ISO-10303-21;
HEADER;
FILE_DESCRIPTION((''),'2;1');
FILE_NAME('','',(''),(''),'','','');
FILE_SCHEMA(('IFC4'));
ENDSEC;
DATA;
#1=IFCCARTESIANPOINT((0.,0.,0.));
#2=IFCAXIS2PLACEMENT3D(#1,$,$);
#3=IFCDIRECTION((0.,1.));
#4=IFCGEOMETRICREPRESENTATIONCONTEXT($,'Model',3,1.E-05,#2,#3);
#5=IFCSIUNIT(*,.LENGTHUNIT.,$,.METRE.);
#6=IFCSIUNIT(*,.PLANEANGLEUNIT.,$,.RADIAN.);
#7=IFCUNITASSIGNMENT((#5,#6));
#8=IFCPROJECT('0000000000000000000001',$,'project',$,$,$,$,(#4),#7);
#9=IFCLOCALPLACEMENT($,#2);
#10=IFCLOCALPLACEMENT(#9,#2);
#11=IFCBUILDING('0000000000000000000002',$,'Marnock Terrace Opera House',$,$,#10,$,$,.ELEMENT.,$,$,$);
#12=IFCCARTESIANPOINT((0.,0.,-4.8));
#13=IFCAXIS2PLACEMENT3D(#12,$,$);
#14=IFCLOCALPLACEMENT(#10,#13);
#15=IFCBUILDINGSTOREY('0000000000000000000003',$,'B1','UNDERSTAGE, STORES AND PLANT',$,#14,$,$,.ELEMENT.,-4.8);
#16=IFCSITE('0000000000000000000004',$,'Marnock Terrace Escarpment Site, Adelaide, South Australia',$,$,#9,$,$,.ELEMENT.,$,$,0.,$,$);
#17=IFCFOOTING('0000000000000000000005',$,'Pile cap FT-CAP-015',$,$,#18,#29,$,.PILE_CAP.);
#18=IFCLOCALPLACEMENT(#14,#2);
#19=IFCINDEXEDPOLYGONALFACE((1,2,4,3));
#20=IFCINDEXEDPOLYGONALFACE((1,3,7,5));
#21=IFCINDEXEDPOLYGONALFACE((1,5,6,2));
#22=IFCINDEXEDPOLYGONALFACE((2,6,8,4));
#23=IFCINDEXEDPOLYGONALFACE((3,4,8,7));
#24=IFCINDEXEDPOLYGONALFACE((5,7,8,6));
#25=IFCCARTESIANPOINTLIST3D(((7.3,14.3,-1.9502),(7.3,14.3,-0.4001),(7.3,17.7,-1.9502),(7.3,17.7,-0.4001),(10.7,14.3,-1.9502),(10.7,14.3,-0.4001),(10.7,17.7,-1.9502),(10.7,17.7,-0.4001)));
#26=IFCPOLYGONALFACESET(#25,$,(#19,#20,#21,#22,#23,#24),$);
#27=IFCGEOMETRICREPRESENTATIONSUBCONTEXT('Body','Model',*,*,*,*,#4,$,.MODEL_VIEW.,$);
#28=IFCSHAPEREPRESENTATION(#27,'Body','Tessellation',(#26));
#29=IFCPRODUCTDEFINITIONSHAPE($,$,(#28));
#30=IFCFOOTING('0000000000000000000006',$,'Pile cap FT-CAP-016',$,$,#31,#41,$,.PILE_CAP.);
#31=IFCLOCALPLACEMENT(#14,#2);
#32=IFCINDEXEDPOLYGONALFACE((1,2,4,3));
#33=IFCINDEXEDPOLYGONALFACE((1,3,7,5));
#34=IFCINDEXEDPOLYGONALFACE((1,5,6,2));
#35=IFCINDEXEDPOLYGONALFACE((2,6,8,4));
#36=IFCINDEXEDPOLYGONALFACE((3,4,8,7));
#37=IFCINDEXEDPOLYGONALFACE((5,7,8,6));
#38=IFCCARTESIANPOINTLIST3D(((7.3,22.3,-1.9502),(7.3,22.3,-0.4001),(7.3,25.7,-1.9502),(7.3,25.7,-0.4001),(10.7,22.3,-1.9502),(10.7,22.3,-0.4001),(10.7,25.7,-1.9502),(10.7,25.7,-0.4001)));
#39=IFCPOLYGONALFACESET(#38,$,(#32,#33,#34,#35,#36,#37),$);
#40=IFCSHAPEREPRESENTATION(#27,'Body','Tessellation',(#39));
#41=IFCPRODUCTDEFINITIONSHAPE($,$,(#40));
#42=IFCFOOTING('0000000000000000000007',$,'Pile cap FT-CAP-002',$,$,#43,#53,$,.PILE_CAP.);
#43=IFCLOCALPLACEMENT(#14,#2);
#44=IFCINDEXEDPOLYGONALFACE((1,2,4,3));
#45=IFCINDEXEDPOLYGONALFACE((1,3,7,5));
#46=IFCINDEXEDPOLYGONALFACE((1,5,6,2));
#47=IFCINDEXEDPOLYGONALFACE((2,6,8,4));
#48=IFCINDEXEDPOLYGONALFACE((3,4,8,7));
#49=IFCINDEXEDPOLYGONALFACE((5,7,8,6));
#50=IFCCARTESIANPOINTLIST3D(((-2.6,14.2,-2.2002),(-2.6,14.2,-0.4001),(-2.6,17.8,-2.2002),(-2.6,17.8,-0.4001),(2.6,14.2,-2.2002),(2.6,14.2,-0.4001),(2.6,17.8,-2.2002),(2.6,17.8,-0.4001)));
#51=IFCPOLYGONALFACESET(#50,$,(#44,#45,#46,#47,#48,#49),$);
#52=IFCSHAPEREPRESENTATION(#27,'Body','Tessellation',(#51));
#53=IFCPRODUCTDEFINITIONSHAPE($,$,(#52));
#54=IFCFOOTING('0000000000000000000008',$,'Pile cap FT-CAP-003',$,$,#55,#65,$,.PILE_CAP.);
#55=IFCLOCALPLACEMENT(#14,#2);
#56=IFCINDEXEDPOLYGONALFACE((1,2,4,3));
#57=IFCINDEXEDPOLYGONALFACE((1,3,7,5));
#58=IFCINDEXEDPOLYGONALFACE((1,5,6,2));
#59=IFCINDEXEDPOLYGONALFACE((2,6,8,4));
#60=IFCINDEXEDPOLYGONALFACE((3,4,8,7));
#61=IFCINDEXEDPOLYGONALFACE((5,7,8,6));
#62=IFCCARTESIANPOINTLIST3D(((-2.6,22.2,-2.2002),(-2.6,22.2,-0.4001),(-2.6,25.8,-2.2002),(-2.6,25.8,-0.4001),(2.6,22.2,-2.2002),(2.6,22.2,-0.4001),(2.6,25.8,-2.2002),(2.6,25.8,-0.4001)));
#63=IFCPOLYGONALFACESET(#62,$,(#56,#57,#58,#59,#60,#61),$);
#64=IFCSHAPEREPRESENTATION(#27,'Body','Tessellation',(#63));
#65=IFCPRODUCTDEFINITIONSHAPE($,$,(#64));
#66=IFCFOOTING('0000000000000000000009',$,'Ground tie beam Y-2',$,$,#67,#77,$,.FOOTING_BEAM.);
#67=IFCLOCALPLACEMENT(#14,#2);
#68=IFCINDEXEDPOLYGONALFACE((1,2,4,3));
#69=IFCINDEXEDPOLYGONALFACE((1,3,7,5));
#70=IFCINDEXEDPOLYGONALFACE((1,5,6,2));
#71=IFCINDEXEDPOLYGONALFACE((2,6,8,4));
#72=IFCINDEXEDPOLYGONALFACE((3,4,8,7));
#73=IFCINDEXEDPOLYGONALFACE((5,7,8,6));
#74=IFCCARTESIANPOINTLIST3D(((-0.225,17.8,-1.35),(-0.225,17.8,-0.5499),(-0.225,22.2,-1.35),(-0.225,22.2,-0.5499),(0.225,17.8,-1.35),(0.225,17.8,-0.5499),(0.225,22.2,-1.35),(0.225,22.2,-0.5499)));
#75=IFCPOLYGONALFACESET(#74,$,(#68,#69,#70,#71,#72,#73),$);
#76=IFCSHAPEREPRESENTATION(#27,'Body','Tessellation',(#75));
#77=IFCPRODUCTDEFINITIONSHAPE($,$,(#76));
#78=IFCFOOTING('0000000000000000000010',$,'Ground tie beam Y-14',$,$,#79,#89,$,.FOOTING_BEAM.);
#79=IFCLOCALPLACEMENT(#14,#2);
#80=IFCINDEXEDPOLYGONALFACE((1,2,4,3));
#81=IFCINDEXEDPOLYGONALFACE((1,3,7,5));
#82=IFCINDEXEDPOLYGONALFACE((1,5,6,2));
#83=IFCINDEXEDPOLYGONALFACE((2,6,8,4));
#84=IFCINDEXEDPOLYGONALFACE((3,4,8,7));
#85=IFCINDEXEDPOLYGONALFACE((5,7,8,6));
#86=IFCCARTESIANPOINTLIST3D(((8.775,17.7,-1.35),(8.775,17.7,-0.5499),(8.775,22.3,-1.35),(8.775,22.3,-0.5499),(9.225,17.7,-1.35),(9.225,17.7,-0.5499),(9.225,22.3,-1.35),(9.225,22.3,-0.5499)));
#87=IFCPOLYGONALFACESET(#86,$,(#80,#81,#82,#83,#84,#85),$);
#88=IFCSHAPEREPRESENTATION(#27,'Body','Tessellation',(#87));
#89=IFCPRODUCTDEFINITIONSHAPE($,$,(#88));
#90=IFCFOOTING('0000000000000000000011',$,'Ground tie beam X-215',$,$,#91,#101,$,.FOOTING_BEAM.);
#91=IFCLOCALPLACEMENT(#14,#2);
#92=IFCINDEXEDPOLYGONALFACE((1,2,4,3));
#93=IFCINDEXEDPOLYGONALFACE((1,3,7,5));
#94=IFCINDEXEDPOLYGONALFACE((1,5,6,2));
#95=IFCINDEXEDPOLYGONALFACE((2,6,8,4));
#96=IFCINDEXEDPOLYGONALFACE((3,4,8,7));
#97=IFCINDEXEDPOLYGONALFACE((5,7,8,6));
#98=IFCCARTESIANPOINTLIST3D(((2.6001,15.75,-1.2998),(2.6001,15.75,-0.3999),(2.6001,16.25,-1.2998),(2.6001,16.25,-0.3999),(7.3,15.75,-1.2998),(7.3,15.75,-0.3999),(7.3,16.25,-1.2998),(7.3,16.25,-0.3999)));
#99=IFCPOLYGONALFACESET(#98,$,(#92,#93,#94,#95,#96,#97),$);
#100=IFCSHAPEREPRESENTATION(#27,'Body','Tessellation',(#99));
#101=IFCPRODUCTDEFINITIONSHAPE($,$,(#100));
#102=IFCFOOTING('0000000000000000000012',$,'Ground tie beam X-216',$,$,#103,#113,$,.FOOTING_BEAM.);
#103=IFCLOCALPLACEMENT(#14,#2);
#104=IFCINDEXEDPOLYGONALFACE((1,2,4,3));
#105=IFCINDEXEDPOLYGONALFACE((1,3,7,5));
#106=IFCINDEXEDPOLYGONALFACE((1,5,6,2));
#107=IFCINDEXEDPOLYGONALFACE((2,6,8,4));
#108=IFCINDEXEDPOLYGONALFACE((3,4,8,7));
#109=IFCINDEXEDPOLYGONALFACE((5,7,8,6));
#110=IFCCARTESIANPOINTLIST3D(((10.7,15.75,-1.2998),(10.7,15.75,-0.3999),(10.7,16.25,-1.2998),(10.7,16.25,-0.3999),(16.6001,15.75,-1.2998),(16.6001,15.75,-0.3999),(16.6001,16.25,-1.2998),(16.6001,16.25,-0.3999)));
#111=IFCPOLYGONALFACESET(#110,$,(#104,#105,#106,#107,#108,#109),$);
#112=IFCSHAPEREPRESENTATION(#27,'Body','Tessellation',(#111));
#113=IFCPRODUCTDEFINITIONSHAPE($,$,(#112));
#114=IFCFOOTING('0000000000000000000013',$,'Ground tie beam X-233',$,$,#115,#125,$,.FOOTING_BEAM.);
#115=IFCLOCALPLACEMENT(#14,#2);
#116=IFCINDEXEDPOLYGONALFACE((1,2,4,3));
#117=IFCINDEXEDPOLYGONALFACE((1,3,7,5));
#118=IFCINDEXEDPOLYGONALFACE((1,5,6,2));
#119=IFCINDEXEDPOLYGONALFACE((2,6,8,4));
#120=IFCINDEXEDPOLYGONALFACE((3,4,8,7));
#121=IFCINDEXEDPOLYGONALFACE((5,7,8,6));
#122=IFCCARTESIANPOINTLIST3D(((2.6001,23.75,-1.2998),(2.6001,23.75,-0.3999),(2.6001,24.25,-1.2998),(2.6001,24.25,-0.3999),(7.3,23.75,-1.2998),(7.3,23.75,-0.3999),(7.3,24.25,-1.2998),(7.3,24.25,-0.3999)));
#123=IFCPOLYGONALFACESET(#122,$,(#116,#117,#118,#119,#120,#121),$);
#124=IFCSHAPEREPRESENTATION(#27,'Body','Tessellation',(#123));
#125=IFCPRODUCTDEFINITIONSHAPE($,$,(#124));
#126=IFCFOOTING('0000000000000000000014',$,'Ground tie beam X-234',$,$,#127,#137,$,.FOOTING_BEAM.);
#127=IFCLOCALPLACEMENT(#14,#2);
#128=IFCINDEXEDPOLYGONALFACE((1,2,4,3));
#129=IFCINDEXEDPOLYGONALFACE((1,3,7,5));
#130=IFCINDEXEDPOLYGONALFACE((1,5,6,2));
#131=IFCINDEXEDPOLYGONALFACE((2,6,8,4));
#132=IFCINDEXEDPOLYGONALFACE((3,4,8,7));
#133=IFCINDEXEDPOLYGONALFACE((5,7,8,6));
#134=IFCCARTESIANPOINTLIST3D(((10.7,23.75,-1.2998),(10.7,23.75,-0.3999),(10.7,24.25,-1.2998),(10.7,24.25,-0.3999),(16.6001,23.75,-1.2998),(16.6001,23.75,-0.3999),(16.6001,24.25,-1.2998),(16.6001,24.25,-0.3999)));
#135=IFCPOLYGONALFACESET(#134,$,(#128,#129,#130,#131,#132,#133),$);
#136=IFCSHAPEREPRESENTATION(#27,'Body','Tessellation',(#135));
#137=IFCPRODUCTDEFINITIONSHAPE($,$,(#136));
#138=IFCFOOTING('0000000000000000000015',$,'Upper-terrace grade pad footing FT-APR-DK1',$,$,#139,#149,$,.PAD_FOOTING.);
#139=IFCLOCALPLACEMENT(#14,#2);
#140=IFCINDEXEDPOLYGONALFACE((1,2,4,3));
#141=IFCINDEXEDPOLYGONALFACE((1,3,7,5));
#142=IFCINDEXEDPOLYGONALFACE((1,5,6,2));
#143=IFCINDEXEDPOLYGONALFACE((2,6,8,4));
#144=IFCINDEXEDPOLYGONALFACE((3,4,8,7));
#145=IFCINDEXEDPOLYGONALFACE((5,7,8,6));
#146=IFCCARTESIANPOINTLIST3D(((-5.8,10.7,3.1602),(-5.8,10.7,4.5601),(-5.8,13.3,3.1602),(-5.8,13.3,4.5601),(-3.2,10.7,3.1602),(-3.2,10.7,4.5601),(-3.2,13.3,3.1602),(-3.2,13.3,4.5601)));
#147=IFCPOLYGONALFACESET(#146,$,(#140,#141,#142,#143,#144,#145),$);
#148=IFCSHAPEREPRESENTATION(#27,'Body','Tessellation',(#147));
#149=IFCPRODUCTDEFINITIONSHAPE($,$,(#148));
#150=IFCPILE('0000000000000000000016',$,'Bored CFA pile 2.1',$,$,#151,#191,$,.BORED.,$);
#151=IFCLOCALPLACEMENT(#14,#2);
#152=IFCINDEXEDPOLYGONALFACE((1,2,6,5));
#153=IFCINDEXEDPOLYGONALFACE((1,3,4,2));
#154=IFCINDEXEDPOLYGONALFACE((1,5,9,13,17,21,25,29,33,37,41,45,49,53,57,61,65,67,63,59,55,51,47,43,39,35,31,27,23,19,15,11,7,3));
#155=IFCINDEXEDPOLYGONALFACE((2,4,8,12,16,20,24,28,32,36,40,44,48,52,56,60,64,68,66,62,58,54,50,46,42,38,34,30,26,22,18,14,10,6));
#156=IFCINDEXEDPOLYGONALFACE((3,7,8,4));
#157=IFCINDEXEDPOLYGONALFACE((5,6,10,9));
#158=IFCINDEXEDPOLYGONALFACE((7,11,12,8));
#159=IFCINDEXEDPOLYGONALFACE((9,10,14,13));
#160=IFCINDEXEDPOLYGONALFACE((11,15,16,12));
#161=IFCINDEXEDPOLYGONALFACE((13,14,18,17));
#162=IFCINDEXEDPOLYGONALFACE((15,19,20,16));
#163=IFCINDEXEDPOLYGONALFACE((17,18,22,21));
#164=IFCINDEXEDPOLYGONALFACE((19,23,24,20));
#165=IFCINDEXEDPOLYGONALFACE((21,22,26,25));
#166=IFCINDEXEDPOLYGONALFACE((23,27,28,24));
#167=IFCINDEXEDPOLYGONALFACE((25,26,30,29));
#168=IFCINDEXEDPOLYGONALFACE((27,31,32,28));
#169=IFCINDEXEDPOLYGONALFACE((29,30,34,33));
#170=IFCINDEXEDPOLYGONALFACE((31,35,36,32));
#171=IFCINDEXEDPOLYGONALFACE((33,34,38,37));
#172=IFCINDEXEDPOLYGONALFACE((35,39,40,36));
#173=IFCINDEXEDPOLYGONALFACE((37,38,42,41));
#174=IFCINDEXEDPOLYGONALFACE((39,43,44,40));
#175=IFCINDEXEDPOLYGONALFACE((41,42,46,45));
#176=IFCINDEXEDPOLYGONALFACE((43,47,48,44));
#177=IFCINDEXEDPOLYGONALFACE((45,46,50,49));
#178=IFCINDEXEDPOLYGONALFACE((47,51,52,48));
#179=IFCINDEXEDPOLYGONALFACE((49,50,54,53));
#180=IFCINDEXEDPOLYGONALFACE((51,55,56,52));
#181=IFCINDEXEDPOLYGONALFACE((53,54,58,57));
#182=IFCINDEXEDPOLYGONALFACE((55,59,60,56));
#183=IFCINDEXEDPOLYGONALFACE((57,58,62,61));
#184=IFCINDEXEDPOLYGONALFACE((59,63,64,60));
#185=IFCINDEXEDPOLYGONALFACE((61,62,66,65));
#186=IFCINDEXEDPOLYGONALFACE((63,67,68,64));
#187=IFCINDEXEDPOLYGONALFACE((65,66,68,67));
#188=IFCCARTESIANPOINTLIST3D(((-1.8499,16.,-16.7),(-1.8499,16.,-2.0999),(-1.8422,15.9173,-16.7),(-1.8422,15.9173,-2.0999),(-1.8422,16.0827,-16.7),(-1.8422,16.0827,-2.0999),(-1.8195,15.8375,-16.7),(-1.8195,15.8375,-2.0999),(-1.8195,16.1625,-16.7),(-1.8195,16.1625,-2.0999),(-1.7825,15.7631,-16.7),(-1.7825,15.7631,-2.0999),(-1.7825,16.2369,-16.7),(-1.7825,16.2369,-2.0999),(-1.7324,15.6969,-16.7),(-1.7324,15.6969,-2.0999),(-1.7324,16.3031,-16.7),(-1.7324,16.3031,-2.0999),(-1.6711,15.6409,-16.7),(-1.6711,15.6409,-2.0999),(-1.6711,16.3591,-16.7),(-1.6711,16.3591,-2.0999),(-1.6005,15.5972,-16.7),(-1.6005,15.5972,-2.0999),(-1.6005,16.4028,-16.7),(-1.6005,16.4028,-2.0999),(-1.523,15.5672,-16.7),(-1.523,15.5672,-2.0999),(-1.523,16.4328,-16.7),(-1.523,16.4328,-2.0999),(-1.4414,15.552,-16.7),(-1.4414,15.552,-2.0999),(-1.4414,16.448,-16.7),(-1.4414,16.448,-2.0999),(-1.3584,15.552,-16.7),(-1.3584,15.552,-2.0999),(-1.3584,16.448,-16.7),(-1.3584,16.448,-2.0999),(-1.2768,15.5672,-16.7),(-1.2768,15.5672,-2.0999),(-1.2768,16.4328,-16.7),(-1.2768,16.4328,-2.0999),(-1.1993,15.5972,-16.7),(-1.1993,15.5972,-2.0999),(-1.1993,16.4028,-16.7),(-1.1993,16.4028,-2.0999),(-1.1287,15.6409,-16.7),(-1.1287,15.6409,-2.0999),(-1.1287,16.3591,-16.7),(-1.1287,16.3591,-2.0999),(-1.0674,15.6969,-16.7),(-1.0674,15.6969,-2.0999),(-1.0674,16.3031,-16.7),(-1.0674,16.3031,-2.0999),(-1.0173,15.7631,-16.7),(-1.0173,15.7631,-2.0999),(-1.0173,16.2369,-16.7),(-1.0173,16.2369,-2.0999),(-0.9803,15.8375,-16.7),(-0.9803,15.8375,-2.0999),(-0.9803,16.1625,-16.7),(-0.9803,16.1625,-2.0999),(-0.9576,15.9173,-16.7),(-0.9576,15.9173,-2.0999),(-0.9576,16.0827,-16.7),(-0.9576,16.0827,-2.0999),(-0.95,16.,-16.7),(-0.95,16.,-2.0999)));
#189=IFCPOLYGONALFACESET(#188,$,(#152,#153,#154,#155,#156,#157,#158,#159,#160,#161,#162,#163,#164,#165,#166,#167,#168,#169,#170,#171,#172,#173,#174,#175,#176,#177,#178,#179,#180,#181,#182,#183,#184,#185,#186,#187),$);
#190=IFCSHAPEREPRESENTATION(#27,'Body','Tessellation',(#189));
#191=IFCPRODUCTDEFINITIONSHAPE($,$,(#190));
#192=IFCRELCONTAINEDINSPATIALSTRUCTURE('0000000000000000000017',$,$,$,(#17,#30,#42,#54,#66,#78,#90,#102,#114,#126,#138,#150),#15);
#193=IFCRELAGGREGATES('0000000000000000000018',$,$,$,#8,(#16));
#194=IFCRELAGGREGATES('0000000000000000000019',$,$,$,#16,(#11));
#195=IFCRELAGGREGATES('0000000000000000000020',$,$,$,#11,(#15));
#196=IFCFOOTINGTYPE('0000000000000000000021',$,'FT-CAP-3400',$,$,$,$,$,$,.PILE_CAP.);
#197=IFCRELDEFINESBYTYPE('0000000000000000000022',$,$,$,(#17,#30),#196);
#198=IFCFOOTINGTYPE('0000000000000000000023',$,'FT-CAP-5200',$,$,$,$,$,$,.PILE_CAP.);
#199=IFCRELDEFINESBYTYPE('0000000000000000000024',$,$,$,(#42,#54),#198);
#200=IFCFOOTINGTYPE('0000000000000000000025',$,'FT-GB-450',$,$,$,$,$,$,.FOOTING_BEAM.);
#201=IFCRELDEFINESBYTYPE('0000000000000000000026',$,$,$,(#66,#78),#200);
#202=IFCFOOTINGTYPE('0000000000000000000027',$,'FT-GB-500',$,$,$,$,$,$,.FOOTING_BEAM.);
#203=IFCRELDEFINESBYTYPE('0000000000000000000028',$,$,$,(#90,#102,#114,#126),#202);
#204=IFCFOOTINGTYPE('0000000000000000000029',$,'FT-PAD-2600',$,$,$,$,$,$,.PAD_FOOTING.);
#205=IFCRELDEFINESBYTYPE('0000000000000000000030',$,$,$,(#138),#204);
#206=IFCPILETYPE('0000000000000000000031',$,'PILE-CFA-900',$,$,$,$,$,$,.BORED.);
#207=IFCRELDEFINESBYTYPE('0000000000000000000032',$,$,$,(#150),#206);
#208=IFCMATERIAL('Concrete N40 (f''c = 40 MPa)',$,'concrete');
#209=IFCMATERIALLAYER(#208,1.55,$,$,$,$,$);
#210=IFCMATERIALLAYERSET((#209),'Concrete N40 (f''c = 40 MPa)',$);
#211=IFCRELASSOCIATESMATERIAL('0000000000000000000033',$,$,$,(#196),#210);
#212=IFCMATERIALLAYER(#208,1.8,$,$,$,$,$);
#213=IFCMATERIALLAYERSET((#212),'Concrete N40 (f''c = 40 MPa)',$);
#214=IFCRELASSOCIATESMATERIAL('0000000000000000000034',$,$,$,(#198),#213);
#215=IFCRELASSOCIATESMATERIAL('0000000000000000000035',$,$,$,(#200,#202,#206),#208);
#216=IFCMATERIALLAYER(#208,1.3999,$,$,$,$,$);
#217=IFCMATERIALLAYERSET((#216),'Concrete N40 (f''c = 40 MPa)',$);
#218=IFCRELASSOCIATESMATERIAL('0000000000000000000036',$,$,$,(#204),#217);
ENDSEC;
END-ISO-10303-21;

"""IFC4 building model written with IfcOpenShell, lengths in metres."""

from ifc_helpers import new_model, si_unit, direction, frame, origin, origin_2d, place, context, subcontext, project, spatial, rectangle, circle, extrude, material, layer, layer_set, material_profile, profile_set, type_object, element, save


model = new_model("IFC4")

# Units and contexts
model_context = context("Model", 3, precision=1e-05, world=origin(), true_north=direction((0.0, 1.0)))
body_context = subcontext(model_context, "Body", "Model", "MODEL_VIEW")
ifc_project = project(units=[si_unit("LENGTHUNIT", "METRE"), si_unit("PLANEANGLEUNIT", "RADIAN")], contexts=[model_context])

# Site, building, storey
site_placement = place(None, origin())
site = spatial("IfcSite", under=ifc_project, at=site_placement, Name="Marnock Terrace Escarpment Site, Adelaide, South Australia", CompositionType="ELEMENT", RefElevation=0.0)
building_placement = place(site_placement, origin())
building = spatial("IfcBuilding", under=site, at=building_placement, Name="Marnock Terrace Opera House", CompositionType="ELEMENT")
storey_placement = place(building_placement, frame((0.0, 0.0, -4.8)))
storey = spatial("IfcBuildingStorey", under=building, at=storey_placement, Name="B1", Description="UNDERSTAGE, STORES AND PLANT", CompositionType="ELEMENT", Elevation=-4.8)

# Footings
ifc_material_1 = material(Name="Concrete N40 (f'c = 40 MPa)", Category="concrete")
ifc_layer_1 = layer(ifc_material_1, 1.55)
ifc_layer_set_1 = layer_set([ifc_layer_1], Name="Concrete N40 (f'c = 40 MPa)")
footing_type_1 = type_object("IfcFootingType", Name="FT-CAP-3400", PredefinedType="PILE_CAP", material=ifc_layer_set_1)
for number, where, z_axis, x_axis, name in (
    (1, (9.0, 16.0, -1.9502), (0.0, 0.0, 1.0), (1.0, 0.0, 0.0), "Pile cap FT-CAP-015"),
    (2, (9.0, 24.0, -1.9502), (0.0, 0.0, 1.0), (1.0, 0.0, 0.0), "Pile cap FT-CAP-016"),
):
    element("IfcFooting", number, at=place(storey_placement, frame(where, z_axis=z_axis, x_axis=x_axis)), inside=storey, type_object=footing_type_1, Name=name, PredefinedType="PILE_CAP", context=body_context, shape_type="SweptSolid", body=[
        extrude(rectangle(XDim=3.3999, YDim=3.3999, at=origin_2d()), origin(), (0.0, 0.0, 1.0), 1.55),
    ])
ifc_layer_2 = layer(ifc_material_1, 1.8)
ifc_layer_set_2 = layer_set([ifc_layer_2], Name="Concrete N40 (f'c = 40 MPa)")
footing_type_2 = type_object("IfcFootingType", Name="FT-CAP-5200", PredefinedType="PILE_CAP", material=ifc_layer_set_2)
for number, where, z_axis, x_axis, name in (
    (3, (0.0, 16.0, -2.2002), (0.0, 0.0, 1.0), (1.0, 0.0, 0.0), "Pile cap FT-CAP-002"),
    (4, (0.0, 24.0, -2.2002), (0.0, 0.0, 1.0), (1.0, 0.0, 0.0), "Pile cap FT-CAP-003"),
):
    element("IfcFooting", number, at=place(storey_placement, frame(where, z_axis=z_axis, x_axis=x_axis)), inside=storey, type_object=footing_type_2, Name=name, PredefinedType="PILE_CAP", context=body_context, shape_type="SweptSolid", body=[
        extrude(rectangle(XDim=5.2, YDim=3.6001, at=origin_2d()), origin(), (0.0, 0.0, 1.0), 1.8),
    ])
ifc_material_profile_1 = material_profile(ifc_material_1, rectangle(XDim=0.45, YDim=0.8, at=origin_2d()))
ifc_profile_set_1 = profile_set([ifc_material_profile_1], Name="Concrete N40 (f'c = 40 MPa)")
footing_type_3 = type_object("IfcFootingType", Name="FT-GB-450", PredefinedType="FOOTING_BEAM", material=ifc_profile_set_1)
footing_1_placement = place(storey_placement, frame((0.0, 17.8, -0.95), z_axis=(0.0, 1.0, 0.0), x_axis=(-1.0, 0.0, 0.0)))
element("IfcFooting", 5, at=footing_1_placement, inside=storey, type_object=footing_type_3, Name="Ground tie beam Y-2", PredefinedType="FOOTING_BEAM", context=body_context, shape_type="SweptSolid", body=[
    extrude(rectangle(XDim=0.45, YDim=0.8, at=origin_2d()), origin(), (0.0, 0.0, 1.0), 4.3999),
])
footing_2_placement = place(storey_placement, frame((9.0, 17.7, -0.95), z_axis=(0.0, 1.0, 0.0), x_axis=(-1.0, 0.0, 0.0)))
element("IfcFooting", 6, at=footing_2_placement, inside=storey, type_object=footing_type_3, Name="Ground tie beam Y-14", PredefinedType="FOOTING_BEAM", context=body_context, shape_type="SweptSolid", body=[
    extrude(rectangle(XDim=0.45, YDim=0.8, at=origin_2d()), origin(), (0.0, 0.0, 1.0), 4.6001),
])
ifc_material_profile_2 = material_profile(ifc_material_1, rectangle(XDim=0.5, YDim=0.8999, at=origin_2d()))
ifc_profile_set_2 = profile_set([ifc_material_profile_2], Name="Concrete N40 (f'c = 40 MPa)")
footing_type_4 = type_object("IfcFootingType", Name="FT-GB-500", PredefinedType="FOOTING_BEAM", material=ifc_profile_set_2)
footing_3_placement = place(storey_placement, frame((2.6001, 16.0, -0.8499), z_axis=(1.0, 0.0, 0.0), x_axis=(0.0, 1.0, 0.0)))
element("IfcFooting", 7, at=footing_3_placement, inside=storey, type_object=footing_type_4, Name="Ground tie beam X-215", PredefinedType="FOOTING_BEAM", context=body_context, shape_type="SweptSolid", body=[
    extrude(rectangle(XDim=0.5, YDim=0.8999, at=origin_2d()), origin(), (0.0, 0.0, 1.0), 4.7),
])
footing_4_placement = place(storey_placement, frame((10.7, 16.0, -0.8499), z_axis=(1.0, 0.0, 0.0), x_axis=(0.0, 1.0, 0.0)))
element("IfcFooting", 8, at=footing_4_placement, inside=storey, type_object=footing_type_4, Name="Ground tie beam X-216", PredefinedType="FOOTING_BEAM", context=body_context, shape_type="SweptSolid", body=[
    extrude(rectangle(XDim=0.5, YDim=0.8999, at=origin_2d()), origin(), (0.0, 0.0, 1.0), 5.9001),
])
footing_5_placement = place(storey_placement, frame((2.6001, 24.0, -0.8499), z_axis=(1.0, 0.0, 0.0), x_axis=(0.0, 1.0, 0.0)))
element("IfcFooting", 9, at=footing_5_placement, inside=storey, type_object=footing_type_4, Name="Ground tie beam X-233", PredefinedType="FOOTING_BEAM", context=body_context, shape_type="SweptSolid", body=[
    extrude(rectangle(XDim=0.5, YDim=0.8999, at=origin_2d()), origin(), (0.0, 0.0, 1.0), 4.7),
])
footing_6_placement = place(storey_placement, frame((10.7, 24.0, -0.8499), z_axis=(1.0, 0.0, 0.0), x_axis=(0.0, 1.0, 0.0)))
element("IfcFooting", 10, at=footing_6_placement, inside=storey, type_object=footing_type_4, Name="Ground tie beam X-234", PredefinedType="FOOTING_BEAM", context=body_context, shape_type="SweptSolid", body=[
    extrude(rectangle(XDim=0.5, YDim=0.8999, at=origin_2d()), origin(), (0.0, 0.0, 1.0), 5.9001),
])
ifc_layer_3 = layer(ifc_material_1, 1.3999)
ifc_layer_set_3 = layer_set([ifc_layer_3], Name="Concrete N40 (f'c = 40 MPa)")
footing_type_5 = type_object("IfcFootingType", Name="FT-PAD-2600", PredefinedType="PAD_FOOTING", material=ifc_layer_set_3)
footing_7_placement = place(storey_placement, frame((-4.5, 12.0, 3.1602), z_axis=(0.0, 0.0, 1.0), x_axis=(1.0, 0.0, 0.0)))
element("IfcFooting", 11, at=footing_7_placement, inside=storey, type_object=footing_type_5, Name="Upper-terrace grade pad footing FT-APR-DK1", PredefinedType="PAD_FOOTING", context=body_context, shape_type="SweptSolid", body=[
    extrude(rectangle(XDim=2.6001, YDim=2.6001, at=origin_2d()), origin(), (0.0, 0.0, 1.0), 1.3999),
])

# Pile
ifc_material_profile_3 = material_profile(ifc_material_1, circle(Radius=0.45, at=origin_2d()))
ifc_profile_set_3 = profile_set([ifc_material_profile_3], Name="Concrete N40 (f'c = 40 MPa)")
pile_type = type_object("IfcPileType", Name="PILE-CFA-900", PredefinedType="BORED", material=ifc_profile_set_3)
for number, where, z_axis, x_axis, name in (
    (12, (-1.3999, 16.0, -2.0999), (0.0, 0.0, -1.0), (1.0, 0.0, 0.0), "Bored CFA pile 2.1"),
):
    element("IfcPile", number, at=place(storey_placement, frame(where, z_axis=z_axis, x_axis=x_axis)), inside=storey, type_object=pile_type, Name=name, PredefinedType="BORED", context=body_context, shape_type="SweptSolid", body=[
        extrude(circle(Radius=0.45, at=origin_2d()), origin(), (0.0, 0.0, 1.0), 14.6001),
    ])

save(model, "model.ifc")
